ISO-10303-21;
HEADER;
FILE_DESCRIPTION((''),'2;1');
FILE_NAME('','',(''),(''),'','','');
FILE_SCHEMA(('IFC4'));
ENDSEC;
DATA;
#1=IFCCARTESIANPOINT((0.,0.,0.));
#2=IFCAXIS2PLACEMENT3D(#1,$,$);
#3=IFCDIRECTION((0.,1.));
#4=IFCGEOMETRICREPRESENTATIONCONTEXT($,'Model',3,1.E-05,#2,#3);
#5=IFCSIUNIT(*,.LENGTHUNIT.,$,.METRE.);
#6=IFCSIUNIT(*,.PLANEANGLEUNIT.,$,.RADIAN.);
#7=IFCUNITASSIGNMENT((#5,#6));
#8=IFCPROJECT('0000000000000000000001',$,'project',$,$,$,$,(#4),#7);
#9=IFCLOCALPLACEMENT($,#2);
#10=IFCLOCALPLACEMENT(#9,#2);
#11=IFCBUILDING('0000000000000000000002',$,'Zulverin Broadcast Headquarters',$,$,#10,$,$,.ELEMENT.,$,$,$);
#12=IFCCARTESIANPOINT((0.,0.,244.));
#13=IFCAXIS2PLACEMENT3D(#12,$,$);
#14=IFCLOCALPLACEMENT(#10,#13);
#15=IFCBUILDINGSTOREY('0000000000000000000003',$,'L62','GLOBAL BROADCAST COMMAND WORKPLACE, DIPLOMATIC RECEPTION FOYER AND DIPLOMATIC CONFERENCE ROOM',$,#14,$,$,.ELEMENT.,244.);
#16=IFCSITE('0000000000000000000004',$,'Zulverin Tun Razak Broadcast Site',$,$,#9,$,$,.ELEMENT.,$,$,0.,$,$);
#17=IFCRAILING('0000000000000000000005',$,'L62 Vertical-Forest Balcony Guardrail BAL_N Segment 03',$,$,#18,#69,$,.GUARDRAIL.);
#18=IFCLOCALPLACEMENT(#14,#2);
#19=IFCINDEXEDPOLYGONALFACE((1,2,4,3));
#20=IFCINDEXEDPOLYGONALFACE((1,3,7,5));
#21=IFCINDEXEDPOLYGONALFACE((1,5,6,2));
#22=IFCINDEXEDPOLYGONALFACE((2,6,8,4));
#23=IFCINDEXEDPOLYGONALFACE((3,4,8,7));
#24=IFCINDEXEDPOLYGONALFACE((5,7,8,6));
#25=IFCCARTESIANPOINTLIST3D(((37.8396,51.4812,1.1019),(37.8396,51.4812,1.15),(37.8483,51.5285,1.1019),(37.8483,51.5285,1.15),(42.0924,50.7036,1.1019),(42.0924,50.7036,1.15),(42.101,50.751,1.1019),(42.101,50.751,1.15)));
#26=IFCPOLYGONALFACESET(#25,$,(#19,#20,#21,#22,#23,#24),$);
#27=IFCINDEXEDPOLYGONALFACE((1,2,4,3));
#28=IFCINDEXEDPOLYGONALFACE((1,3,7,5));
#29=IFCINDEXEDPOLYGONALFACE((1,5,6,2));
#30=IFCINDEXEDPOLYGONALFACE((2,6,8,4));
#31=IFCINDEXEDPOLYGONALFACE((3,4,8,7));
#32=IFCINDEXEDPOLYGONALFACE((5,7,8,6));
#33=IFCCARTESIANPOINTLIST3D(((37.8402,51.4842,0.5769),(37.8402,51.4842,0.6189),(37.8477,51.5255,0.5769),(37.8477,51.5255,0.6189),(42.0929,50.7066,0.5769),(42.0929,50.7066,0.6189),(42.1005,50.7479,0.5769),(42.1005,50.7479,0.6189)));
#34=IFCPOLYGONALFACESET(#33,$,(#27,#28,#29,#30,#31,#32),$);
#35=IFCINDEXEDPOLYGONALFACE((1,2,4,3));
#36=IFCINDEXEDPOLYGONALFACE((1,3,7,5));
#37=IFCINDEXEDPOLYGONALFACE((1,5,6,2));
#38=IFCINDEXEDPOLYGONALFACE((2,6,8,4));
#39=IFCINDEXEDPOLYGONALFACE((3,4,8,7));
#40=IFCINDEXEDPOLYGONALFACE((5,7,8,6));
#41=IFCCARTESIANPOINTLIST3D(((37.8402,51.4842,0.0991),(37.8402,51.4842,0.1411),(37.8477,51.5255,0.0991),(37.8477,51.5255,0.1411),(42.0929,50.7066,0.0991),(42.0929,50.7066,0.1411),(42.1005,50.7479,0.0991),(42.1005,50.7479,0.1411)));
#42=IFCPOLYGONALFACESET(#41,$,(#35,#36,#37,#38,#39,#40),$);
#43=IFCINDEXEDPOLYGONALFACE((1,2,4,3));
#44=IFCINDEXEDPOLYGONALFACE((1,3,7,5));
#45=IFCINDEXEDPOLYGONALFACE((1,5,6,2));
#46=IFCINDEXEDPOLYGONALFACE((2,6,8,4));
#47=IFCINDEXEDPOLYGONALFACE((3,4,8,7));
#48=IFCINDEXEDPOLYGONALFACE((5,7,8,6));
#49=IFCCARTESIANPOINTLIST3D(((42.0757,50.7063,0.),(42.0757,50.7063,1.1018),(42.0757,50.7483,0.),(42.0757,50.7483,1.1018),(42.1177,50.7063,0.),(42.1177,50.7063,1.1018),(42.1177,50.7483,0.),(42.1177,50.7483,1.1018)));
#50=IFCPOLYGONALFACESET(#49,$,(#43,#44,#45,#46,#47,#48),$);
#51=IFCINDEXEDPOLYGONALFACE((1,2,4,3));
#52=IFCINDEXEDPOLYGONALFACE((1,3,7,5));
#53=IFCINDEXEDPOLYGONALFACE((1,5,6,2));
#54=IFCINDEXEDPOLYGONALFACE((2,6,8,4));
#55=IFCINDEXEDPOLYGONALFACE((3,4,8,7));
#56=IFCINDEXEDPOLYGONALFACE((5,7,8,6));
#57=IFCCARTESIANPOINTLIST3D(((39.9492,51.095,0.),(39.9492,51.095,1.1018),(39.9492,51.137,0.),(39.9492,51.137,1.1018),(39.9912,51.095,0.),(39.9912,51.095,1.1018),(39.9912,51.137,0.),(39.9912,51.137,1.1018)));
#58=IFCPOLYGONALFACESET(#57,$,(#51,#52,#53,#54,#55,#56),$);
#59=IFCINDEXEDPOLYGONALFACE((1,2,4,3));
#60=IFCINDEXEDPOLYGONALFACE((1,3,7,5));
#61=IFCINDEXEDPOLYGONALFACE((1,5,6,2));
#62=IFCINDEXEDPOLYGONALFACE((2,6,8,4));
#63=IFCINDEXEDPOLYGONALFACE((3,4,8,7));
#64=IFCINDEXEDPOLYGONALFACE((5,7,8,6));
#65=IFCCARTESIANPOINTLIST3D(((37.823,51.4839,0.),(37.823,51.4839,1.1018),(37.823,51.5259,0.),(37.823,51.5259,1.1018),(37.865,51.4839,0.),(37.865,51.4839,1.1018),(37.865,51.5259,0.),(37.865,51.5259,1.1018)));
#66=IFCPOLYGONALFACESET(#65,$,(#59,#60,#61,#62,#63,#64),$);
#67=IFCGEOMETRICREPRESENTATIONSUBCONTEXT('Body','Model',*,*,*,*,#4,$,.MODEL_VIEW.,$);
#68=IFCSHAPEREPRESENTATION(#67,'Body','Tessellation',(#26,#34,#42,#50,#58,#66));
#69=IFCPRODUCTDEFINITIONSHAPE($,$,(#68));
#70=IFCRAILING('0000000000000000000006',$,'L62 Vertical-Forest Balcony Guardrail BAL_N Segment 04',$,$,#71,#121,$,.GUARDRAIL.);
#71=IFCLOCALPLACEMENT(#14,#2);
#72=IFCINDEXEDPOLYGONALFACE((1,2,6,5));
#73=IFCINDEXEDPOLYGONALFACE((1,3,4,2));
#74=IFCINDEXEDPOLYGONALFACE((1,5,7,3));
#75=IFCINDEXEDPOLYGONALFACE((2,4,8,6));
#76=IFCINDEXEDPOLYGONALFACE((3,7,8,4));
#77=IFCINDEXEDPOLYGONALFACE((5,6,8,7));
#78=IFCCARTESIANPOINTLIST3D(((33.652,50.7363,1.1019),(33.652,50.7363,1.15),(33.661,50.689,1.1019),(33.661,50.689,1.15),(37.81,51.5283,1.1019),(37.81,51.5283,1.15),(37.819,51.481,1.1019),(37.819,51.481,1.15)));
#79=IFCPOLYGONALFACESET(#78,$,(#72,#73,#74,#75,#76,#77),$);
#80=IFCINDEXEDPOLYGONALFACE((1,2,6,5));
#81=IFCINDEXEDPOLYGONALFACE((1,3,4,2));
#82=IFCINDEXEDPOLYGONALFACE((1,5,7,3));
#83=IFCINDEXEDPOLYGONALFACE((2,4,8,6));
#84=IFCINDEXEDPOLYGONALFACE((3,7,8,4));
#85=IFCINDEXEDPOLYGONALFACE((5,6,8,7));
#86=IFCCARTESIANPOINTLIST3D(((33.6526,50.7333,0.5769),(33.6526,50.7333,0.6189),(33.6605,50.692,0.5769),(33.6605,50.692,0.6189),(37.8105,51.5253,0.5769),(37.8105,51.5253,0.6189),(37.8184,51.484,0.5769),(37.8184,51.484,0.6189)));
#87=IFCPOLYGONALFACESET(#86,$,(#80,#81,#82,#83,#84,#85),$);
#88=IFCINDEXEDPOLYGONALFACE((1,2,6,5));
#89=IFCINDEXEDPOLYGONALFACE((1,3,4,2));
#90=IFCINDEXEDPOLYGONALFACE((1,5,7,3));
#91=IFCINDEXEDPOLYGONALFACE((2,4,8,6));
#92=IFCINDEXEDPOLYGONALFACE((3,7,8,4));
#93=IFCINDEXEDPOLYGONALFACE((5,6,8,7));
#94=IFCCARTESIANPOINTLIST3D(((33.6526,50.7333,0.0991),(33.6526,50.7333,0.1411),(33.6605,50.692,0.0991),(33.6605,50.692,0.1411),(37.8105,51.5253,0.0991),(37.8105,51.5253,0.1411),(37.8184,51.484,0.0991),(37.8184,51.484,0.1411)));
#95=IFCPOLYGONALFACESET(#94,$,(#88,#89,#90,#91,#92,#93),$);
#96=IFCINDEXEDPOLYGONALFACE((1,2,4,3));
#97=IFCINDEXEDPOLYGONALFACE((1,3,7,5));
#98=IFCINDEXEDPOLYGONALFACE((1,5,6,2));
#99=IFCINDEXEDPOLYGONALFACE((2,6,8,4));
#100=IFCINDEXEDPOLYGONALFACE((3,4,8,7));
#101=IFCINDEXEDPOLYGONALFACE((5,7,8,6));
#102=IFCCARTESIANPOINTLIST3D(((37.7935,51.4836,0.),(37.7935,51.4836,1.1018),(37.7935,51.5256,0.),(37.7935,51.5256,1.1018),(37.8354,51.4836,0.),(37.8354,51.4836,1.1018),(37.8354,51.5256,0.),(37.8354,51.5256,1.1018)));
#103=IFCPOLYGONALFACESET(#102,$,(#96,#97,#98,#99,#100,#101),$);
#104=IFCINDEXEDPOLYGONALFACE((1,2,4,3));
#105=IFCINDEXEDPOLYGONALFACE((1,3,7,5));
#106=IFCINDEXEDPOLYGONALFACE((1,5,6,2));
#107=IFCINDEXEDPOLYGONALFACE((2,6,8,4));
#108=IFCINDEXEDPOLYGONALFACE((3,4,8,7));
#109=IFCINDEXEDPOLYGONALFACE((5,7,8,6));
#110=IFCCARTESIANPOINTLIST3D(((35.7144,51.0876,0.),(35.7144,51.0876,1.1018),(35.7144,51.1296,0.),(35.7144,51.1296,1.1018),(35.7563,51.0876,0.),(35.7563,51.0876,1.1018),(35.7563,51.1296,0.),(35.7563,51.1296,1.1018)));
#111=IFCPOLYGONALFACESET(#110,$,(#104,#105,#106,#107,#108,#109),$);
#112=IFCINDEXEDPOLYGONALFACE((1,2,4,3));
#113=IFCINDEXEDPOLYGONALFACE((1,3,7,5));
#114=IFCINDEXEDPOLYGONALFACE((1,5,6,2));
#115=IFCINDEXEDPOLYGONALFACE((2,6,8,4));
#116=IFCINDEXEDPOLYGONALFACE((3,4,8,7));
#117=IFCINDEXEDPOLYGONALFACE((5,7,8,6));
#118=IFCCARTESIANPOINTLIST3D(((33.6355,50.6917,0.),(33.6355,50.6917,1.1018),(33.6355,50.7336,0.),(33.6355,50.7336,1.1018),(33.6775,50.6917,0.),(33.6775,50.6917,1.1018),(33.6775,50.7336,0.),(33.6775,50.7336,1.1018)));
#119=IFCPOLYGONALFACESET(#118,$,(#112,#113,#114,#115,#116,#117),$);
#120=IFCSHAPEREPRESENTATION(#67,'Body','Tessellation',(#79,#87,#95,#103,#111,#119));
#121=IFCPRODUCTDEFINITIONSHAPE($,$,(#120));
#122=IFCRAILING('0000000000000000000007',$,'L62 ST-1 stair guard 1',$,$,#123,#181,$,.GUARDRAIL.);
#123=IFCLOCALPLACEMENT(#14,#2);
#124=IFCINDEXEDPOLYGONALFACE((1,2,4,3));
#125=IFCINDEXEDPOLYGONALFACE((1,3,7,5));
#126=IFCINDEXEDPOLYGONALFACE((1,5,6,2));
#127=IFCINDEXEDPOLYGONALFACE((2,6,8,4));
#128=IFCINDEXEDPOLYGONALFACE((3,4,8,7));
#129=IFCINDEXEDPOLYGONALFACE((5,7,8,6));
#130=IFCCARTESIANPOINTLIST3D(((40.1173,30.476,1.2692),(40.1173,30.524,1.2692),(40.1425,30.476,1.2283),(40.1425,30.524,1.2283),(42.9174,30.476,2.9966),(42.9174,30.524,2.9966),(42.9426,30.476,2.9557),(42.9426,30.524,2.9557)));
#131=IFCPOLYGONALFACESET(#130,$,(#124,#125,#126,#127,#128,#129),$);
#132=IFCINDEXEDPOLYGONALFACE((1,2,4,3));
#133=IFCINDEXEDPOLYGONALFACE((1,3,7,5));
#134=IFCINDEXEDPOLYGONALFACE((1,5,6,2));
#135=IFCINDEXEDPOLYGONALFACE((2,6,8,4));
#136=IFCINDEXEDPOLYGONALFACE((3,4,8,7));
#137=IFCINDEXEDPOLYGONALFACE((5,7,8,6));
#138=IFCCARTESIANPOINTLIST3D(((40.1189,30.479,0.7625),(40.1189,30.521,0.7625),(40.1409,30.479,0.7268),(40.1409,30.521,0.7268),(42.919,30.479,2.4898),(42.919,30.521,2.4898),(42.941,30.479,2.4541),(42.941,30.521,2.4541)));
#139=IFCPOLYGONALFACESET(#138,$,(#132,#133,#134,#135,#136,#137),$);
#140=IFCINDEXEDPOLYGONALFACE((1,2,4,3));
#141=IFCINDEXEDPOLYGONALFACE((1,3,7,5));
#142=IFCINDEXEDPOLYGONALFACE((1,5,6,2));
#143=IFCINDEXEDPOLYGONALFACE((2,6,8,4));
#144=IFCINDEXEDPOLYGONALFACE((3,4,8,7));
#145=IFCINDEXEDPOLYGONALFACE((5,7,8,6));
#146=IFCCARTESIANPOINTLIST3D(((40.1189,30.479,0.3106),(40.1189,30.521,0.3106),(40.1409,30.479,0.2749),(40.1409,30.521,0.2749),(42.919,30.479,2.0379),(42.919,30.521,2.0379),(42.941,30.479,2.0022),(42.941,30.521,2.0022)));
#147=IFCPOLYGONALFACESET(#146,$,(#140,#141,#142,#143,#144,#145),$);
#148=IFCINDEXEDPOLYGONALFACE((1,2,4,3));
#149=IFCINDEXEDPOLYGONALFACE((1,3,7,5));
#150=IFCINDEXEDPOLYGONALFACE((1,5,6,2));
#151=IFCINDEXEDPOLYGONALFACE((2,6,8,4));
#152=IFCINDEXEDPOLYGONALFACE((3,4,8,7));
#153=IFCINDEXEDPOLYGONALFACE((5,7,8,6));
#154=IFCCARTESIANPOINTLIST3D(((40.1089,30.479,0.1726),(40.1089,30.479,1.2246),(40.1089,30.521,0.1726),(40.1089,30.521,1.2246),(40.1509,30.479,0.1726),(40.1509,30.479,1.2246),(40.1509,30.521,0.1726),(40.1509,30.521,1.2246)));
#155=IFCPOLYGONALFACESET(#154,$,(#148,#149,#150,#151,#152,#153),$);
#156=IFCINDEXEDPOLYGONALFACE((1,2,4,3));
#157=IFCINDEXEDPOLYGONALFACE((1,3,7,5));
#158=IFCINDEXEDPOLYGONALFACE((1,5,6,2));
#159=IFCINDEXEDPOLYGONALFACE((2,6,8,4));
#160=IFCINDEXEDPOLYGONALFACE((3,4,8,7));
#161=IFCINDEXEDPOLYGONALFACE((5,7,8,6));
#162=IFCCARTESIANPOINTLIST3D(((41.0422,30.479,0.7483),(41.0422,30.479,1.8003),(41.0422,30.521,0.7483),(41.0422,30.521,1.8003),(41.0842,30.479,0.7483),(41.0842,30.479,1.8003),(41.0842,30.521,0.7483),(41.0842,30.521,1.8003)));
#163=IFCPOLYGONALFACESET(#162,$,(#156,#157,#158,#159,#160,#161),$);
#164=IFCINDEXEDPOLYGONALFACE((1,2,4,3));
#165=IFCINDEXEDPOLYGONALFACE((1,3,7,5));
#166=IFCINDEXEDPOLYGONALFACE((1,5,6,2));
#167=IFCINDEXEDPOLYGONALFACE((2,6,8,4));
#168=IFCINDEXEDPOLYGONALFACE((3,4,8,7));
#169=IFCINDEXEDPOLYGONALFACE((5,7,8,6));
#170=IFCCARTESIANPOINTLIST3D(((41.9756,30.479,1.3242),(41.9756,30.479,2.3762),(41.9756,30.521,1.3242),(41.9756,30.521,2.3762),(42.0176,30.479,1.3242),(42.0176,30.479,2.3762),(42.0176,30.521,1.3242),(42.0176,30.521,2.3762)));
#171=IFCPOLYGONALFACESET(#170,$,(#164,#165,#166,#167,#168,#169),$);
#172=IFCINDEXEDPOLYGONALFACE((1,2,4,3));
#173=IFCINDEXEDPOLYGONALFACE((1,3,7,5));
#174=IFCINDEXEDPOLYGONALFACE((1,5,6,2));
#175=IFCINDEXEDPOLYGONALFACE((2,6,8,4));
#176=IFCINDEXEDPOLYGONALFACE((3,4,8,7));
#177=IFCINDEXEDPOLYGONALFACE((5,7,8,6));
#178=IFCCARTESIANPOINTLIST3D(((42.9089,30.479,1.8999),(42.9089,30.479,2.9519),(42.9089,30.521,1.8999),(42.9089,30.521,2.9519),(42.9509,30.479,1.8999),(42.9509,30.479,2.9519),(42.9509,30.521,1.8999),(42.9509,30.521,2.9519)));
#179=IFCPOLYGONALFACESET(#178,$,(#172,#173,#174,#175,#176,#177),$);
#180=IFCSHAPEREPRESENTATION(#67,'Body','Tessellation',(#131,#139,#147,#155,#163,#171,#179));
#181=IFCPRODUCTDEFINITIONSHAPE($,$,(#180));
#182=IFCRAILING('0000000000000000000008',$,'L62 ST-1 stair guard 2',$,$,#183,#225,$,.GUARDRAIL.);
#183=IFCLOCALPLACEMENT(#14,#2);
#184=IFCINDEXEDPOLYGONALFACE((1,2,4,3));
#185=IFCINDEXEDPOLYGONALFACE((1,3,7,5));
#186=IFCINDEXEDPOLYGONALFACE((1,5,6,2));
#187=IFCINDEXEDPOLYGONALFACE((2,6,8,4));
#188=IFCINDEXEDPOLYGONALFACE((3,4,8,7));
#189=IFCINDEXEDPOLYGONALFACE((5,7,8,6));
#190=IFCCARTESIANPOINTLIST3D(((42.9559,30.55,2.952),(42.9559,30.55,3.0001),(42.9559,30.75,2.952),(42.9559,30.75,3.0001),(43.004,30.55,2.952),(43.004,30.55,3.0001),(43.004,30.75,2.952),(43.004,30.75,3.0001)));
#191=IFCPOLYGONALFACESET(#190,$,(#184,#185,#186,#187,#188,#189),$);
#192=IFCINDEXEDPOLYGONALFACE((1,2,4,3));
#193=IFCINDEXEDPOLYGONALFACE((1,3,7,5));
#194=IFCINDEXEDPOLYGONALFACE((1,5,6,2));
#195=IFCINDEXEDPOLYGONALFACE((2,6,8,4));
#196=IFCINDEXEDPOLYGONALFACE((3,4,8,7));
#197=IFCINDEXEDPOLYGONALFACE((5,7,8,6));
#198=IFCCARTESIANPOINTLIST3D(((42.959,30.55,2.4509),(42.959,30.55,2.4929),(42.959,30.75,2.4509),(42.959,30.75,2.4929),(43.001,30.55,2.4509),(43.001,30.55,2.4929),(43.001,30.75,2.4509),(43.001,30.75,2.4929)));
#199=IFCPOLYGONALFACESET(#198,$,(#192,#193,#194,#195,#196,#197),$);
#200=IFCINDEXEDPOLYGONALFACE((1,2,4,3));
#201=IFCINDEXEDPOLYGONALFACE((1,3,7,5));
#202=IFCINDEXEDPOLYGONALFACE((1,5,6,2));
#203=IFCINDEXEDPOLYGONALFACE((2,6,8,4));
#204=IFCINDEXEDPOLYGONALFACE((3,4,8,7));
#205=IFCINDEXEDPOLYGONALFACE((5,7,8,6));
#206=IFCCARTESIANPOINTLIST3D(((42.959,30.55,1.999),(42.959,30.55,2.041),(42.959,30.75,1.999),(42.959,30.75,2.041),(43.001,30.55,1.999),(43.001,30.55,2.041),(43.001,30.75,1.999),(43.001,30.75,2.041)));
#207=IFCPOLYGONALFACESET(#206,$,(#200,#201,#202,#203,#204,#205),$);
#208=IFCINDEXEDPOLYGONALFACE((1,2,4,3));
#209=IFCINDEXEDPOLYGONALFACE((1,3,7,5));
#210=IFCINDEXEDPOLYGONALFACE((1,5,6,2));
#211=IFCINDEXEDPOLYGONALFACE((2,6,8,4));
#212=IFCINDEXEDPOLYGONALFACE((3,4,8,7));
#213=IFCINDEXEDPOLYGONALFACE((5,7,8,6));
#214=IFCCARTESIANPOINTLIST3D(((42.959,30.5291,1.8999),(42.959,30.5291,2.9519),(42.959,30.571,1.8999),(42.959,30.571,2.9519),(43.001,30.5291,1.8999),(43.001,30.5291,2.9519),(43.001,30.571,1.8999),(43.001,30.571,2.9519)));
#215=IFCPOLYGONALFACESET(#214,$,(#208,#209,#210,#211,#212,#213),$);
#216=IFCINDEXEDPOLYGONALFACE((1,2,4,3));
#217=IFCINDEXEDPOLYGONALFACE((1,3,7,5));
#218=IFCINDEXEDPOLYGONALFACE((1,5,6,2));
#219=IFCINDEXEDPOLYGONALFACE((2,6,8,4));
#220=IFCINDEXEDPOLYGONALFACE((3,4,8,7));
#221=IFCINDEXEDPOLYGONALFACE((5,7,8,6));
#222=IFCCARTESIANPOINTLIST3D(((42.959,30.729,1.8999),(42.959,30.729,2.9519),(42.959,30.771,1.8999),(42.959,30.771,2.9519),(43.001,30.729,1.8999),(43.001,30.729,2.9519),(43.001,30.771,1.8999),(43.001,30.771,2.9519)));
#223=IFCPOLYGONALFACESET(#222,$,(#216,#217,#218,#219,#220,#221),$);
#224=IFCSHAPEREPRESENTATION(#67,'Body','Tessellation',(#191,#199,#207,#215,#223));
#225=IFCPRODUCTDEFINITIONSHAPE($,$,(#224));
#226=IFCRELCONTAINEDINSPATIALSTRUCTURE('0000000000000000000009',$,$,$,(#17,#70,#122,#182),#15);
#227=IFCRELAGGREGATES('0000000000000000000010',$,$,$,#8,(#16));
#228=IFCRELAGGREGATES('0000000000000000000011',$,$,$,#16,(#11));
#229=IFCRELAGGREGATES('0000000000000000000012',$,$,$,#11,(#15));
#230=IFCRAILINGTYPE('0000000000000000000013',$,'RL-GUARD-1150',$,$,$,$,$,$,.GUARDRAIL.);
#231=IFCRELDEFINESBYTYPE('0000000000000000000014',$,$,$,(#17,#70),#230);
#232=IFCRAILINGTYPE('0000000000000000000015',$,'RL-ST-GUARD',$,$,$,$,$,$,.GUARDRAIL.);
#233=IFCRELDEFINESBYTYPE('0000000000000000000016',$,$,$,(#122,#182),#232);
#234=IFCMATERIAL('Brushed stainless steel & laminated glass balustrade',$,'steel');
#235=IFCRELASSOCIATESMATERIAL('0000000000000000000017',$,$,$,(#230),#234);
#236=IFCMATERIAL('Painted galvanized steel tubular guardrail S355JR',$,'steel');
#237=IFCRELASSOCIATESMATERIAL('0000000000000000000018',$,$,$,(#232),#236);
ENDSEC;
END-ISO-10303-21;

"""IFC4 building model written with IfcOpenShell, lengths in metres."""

from ifc_helpers import new_model, si_unit, direction, frame, origin, origin_2d, place, context, subcontext, project, spatial, rectangle, extrude, material, type_object, element, save


model = new_model("IFC4")

# Units and contexts
model_context = context("Model", 3, precision=1e-05, world=origin(), true_north=direction((0.0, 1.0)))
body_context = subcontext(model_context, "Body", "Model", "MODEL_VIEW")
ifc_project = project(units=[si_unit("LENGTHUNIT", "METRE"), si_unit("PLANEANGLEUNIT", "RADIAN")], contexts=[model_context])

# Site, building, storey
site_placement = place(None, origin())
site = spatial("IfcSite", under=ifc_project, at=site_placement, Name="Zulverin Tun Razak Broadcast Site", CompositionType="ELEMENT", RefElevation=0.0)
building_placement = place(site_placement, origin())
building = spatial("IfcBuilding", under=site, at=building_placement, Name="Zulverin Broadcast Headquarters", CompositionType="ELEMENT")
storey_placement = place(building_placement, frame((0.0, 0.0, 244.0)))
storey = spatial("IfcBuildingStorey", under=building, at=storey_placement, Name="L62", Description="GLOBAL BROADCAST COMMAND WORKPLACE, DIPLOMATIC RECEPTION FOYER AND DIPLOMATIC CONFERENCE ROOM", CompositionType="ELEMENT", Elevation=244.0)

# Railings
ifc_material_1 = material(Name="Brushed stainless steel & laminated glass balustrade", Category="steel")
railing_type_1 = type_object("IfcRailingType", Name="RL-GUARD-1150", PredefinedType="GUARDRAIL", material=ifc_material_1)
railing_1_placement = place(storey_placement, frame((42.0967, 50.7273, 0.0)))
element("IfcRailing", 1, at=railing_1_placement, inside=storey, type_object=railing_type_1, Name="L62 Vertical-Forest Balcony Guardrail BAL_N Segment 03", PredefinedType="GUARDRAIL", context=body_context, shape_type="SweptSolid", body=[
    extrude(rectangle(XDim=0.0481, YDim=0.0481, at=origin_2d()), frame((0.0, 0.0, 1.126), z_axis=(-0.983691, 0.179864, 0.0), x_axis=(-0.179864, -0.983691, 0.0)), (0.0, 0.0, 1.0), 4.3232),
    extrude(rectangle(XDim=0.042, YDim=0.042, at=origin_2d()), frame((0.0, 0.0, 0.5979), z_axis=(-0.983691, 0.179864, 0.0), x_axis=(-0.179864, -0.983691, 0.0)), (0.0, 0.0, 1.0), 4.3232),
    extrude(rectangle(XDim=0.042, YDim=0.042, at=origin_2d()), frame((0.0, 0.0, 0.1201), z_axis=(-0.983691, 0.179864, 0.0), x_axis=(-0.179864, -0.983691, 0.0)), (0.0, 0.0, 1.0), 4.3232),
    extrude(rectangle(XDim=0.042, YDim=0.042, at=origin_2d()), origin(), (0.0, 0.0, 1.0), 1.1018),
    extrude(rectangle(XDim=0.042, YDim=0.042, at=origin_2d()), frame((-2.1265, 0.3887, 0.0)), (0.0, 0.0, 1.0), 1.1018),
    extrude(rectangle(XDim=0.042, YDim=0.042, at=origin_2d()), frame((-4.2527, 0.7776, 0.0)), (0.0, 0.0, 1.0), 1.1018),
])
railing_2_placement = place(storey_placement, frame((37.8145, 51.5046, 0.0)))
element("IfcRailing", 2, at=railing_2_placement, inside=storey, type_object=railing_type_1, Name="L62 Vertical-Forest Balcony Guardrail BAL_N Segment 04", PredefinedType="GUARDRAIL", context=body_context, shape_type="SweptSolid", body=[
    extrude(rectangle(XDim=0.0481, YDim=0.0481, at=origin_2d()), frame((0.0, 0.0, 1.126), z_axis=(-0.982339, -0.187112, 0.0), x_axis=(0.187112, -0.982339, 0.0)), (0.0, 0.0, 1.0), 4.2327),
    extrude(rectangle(XDim=0.042, YDim=0.042, at=origin_2d()), frame((0.0, 0.0, 0.5979), z_axis=(-0.982339, -0.187112, 0.0), x_axis=(0.187112, -0.982339, 0.0)), (0.0, 0.0, 1.0), 4.2327),
    extrude(rectangle(XDim=0.042, YDim=0.042, at=origin_2d()), frame((0.0, 0.0, 0.1201), z_axis=(-0.982339, -0.187112, 0.0), x_axis=(0.187112, -0.982339, 0.0)), (0.0, 0.0, 1.0), 4.2327),
    extrude(rectangle(XDim=0.042, YDim=0.042, at=origin_2d()), origin(), (0.0, 0.0, 1.0), 1.1018),
    extrude(rectangle(XDim=0.042, YDim=0.042, at=origin_2d()), frame((-2.0791, -0.396, 0.0)), (0.0, 0.0, 1.0), 1.1018),
    extrude(rectangle(XDim=0.042, YDim=0.042, at=origin_2d()), frame((-4.158, -0.792, 0.0)), (0.0, 0.0, 1.0), 1.1018),
])
ifc_material_2 = material(Name="Painted galvanized steel tubular guardrail S355JR", Category="steel")
railing_type_2 = type_object("IfcRailingType", Name="RL-ST-GUARD", PredefinedType="GUARDRAIL", material=ifc_material_2)
railing_3_placement = place(storey_placement, frame((40.1299, 30.5, 0.1726)))
element("IfcRailing", 3, at=railing_3_placement, inside=storey, type_object=railing_type_2, Name="L62 ST-1 stair guard 1", PredefinedType="GUARDRAIL", context=body_context, shape_type="SweptSolid", body=[
    extrude(rectangle(XDim=0.0481, YDim=0.0481, at=origin_2d()), frame((0.0, 0.0, 1.0762), z_axis=(0.85109, 0.0, 0.52502), x_axis=(0.0, 1.0, 0.0)), (0.0, 0.0, 1.0), 3.29),
    extrude(rectangle(XDim=0.042, YDim=0.042, at=origin_2d()), frame((0.0, 0.0, 0.572), z_axis=(0.85109, 0.0, 0.52502), x_axis=(0.0, 1.0, 0.0)), (0.0, 0.0, 1.0), 3.29),
    extrude(rectangle(XDim=0.042, YDim=0.042, at=origin_2d()), frame((0.0, 0.0, 0.1201), z_axis=(0.85109, 0.0, 0.52502), x_axis=(0.0, 1.0, 0.0)), (0.0, 0.0, 1.0), 3.29),
    extrude(rectangle(XDim=0.042, YDim=0.042, at=origin_2d()), origin(), (0.0, 0.0, 1.0), 1.052),
    extrude(rectangle(XDim=0.042, YDim=0.042, at=origin_2d()), frame((0.9333, 0.0, 0.5757)), (0.0, 0.0, 1.0), 1.052),
    extrude(rectangle(XDim=0.042, YDim=0.042, at=origin_2d()), frame((1.8667, 0.0, 1.1516)), (0.0, 0.0, 1.0), 1.052),
    extrude(rectangle(XDim=0.042, YDim=0.042, at=origin_2d()), frame((2.8, 0.0, 1.7273)), (0.0, 0.0, 1.0), 1.052),
])
railing_4_placement = place(storey_placement, frame((42.98, 30.55, 1.8999)))
element("IfcRailing", 4, at=railing_4_placement, inside=storey, type_object=railing_type_2, Name="L62 ST-1 stair guard 2", PredefinedType="GUARDRAIL", context=body_context, shape_type="SweptSolid", body=[
    extrude(rectangle(XDim=0.0481, YDim=0.0481, at=origin_2d()), frame((0.0, 0.0, 1.0762), z_axis=(0.0, 1.0, 0.0), x_axis=(-1.0, 0.0, 0.0)), (0.0, 0.0, 1.0), 0.2),
    extrude(rectangle(XDim=0.042, YDim=0.042, at=origin_2d()), frame((0.0, 0.0, 0.572), z_axis=(0.0, 1.0, 0.0), x_axis=(-1.0, 0.0, 0.0)), (0.0, 0.0, 1.0), 0.2),
    extrude(rectangle(XDim=0.042, YDim=0.042, at=origin_2d()), frame((0.0, 0.0, 0.1201), z_axis=(0.0, 1.0, 0.0), x_axis=(-1.0, 0.0, 0.0)), (0.0, 0.0, 1.0), 0.2),
    extrude(rectangle(XDim=0.042, YDim=0.042, at=origin_2d()), origin(), (0.0, 0.0, 1.0), 1.052),
    extrude(rectangle(XDim=0.042, YDim=0.042, at=origin_2d()), frame((0.0, 0.2, 0.0)), (0.0, 0.0, 1.0), 1.052),
])

save(model, "model.ifc")
